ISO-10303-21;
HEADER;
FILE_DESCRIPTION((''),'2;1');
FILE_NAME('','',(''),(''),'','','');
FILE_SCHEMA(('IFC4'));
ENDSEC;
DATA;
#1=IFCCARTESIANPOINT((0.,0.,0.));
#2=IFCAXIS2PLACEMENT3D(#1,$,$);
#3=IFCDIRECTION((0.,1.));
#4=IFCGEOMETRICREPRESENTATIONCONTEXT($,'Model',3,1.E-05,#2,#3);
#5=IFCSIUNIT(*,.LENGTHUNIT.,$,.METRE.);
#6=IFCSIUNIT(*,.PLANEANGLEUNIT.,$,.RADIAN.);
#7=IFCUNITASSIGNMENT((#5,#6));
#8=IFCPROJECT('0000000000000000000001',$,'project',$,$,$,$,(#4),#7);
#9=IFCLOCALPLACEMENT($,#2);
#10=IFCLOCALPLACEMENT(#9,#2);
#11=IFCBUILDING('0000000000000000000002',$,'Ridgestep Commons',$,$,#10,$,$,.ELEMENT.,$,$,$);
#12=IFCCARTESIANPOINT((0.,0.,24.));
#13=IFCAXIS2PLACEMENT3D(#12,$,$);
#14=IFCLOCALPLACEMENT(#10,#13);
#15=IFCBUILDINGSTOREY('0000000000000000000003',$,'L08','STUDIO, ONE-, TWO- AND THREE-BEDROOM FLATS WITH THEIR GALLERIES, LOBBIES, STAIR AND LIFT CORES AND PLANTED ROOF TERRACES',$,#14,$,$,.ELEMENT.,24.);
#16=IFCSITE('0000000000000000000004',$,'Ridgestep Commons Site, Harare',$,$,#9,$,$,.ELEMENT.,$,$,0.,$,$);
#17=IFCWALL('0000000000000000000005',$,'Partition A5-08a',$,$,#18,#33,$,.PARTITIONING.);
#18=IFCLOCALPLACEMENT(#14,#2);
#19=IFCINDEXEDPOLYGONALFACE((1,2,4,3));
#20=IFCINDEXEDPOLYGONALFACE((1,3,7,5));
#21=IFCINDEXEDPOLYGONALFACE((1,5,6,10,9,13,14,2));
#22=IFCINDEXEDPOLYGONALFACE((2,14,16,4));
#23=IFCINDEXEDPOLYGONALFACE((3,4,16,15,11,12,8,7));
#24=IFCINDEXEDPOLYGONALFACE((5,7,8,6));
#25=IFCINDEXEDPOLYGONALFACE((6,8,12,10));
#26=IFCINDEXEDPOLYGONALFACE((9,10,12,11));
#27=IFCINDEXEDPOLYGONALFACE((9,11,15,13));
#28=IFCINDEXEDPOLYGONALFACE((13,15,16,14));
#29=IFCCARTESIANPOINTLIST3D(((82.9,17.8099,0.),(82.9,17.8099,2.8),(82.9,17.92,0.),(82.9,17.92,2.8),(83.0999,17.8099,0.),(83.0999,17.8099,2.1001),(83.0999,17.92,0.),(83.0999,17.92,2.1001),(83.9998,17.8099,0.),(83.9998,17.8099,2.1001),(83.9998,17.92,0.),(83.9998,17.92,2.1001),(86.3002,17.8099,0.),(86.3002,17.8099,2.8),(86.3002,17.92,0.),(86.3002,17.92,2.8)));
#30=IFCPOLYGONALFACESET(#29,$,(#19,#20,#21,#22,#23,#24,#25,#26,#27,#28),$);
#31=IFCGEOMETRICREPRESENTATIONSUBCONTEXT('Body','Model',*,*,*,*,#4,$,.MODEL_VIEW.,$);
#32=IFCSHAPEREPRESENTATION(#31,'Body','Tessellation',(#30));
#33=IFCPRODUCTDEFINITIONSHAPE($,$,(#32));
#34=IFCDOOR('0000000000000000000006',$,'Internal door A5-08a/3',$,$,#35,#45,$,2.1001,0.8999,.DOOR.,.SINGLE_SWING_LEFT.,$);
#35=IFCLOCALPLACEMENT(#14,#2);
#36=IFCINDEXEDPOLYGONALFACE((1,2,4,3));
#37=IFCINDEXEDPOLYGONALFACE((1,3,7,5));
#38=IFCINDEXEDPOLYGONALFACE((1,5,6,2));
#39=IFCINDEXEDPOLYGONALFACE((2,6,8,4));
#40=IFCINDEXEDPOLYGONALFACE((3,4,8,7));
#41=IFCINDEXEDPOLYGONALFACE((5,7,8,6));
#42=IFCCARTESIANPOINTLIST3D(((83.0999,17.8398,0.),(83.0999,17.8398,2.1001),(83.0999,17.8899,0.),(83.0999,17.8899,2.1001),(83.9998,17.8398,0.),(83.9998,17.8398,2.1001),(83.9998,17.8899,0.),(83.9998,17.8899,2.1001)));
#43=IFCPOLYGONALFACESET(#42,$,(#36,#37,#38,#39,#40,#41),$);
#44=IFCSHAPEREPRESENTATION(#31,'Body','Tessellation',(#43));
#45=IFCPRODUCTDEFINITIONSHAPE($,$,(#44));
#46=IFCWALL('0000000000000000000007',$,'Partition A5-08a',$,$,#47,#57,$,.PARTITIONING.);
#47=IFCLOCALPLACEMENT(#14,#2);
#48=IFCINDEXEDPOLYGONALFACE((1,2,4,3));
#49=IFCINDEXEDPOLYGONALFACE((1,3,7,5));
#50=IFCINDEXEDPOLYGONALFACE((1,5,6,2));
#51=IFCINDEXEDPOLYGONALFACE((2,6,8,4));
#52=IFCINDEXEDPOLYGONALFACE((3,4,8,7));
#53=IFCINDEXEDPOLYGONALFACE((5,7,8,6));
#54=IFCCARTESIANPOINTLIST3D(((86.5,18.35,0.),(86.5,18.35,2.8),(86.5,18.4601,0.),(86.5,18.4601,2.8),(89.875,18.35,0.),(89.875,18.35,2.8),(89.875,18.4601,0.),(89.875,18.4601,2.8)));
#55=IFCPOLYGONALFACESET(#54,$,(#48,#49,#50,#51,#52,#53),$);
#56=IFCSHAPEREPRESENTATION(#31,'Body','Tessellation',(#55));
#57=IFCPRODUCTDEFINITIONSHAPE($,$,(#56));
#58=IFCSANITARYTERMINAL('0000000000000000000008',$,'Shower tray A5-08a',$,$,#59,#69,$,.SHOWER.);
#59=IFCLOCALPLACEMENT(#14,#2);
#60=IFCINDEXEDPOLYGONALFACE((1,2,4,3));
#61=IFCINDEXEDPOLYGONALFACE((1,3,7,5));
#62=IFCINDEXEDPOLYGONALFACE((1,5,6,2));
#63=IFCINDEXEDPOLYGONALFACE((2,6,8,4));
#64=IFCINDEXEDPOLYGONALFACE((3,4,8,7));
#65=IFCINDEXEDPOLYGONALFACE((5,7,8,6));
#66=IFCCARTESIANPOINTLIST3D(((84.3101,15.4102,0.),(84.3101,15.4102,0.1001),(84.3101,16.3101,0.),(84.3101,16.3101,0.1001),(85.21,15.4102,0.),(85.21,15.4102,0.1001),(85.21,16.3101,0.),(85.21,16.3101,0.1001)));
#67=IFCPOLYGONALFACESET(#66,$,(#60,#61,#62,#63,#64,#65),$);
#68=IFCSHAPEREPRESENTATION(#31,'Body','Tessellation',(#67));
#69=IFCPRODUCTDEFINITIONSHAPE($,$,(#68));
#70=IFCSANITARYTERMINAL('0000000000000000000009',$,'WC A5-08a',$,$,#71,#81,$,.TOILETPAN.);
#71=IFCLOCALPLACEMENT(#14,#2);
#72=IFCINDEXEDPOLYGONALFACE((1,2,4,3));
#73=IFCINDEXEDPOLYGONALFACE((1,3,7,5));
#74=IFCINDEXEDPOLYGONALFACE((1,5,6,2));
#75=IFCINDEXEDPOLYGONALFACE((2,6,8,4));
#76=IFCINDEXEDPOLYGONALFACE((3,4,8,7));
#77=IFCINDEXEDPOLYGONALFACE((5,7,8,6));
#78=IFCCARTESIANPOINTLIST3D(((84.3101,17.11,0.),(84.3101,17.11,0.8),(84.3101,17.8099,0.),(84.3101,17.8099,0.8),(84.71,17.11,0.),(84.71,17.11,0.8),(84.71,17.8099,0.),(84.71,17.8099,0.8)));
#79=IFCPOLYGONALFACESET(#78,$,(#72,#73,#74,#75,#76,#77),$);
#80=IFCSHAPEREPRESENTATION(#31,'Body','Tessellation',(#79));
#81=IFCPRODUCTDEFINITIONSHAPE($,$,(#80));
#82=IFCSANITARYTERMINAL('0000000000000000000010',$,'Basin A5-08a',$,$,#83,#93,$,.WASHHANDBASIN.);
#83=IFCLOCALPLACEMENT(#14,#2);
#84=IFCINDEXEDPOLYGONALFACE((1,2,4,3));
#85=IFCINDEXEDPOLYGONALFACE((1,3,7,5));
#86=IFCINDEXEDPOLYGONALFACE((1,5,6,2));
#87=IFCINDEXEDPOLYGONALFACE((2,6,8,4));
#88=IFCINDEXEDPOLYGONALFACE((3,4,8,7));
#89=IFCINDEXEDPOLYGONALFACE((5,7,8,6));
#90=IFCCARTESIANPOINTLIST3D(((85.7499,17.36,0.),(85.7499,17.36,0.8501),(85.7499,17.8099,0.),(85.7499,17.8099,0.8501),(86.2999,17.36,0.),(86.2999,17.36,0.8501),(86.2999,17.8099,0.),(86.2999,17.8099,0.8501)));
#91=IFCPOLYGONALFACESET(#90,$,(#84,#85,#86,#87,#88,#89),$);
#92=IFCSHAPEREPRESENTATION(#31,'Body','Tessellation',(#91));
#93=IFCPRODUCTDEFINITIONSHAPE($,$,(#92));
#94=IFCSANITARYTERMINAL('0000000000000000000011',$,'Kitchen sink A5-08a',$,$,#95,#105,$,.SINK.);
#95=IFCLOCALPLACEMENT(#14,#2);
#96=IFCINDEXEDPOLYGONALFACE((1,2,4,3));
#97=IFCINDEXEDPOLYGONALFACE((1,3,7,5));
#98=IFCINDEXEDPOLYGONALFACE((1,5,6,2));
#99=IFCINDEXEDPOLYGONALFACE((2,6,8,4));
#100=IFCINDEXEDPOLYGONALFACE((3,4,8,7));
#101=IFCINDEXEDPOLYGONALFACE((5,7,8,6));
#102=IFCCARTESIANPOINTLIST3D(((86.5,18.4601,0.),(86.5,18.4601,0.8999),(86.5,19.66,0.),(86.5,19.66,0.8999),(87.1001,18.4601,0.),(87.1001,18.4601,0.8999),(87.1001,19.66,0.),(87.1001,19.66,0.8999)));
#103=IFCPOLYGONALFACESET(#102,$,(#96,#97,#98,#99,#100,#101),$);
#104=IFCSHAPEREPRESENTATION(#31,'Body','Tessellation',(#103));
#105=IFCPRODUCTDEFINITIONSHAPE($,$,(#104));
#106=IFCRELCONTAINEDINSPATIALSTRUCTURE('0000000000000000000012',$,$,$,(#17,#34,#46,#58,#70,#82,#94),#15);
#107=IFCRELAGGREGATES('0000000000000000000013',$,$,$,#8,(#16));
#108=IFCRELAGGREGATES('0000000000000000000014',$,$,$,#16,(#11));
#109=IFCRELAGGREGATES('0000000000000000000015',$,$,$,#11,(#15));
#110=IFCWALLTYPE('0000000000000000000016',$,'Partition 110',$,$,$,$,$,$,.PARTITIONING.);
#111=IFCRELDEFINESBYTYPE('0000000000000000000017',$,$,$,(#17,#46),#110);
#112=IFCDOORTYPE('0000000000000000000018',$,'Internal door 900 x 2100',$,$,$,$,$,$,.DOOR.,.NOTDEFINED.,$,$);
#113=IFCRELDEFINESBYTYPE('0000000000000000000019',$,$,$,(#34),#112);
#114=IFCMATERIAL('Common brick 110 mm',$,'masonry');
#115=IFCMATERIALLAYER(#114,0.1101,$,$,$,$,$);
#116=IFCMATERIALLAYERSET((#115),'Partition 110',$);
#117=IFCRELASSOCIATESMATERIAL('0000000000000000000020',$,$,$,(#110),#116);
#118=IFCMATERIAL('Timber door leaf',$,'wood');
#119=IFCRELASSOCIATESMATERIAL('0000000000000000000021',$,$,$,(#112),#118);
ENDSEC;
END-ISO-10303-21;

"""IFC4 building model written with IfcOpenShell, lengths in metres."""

from ifc_helpers import new_model, si_unit, direction, frame, frame_2d, origin, origin_2d, place, context, subcontext, project, spatial, rectangle, extrude, material, layer, layer_set, type_object, element, fill, save


model = new_model("IFC4")

# Units and contexts
model_context = context("Model", 3, precision=1e-05, world=origin(), true_north=direction((0.0, 1.0)))
body_context = subcontext(model_context, "Body", "Model", "MODEL_VIEW")
ifc_project = project(units=[si_unit("LENGTHUNIT", "METRE"), si_unit("PLANEANGLEUNIT", "RADIAN")], contexts=[model_context])

# Site, building, storey
site_placement = place(None, origin())
site = spatial("IfcSite", under=ifc_project, at=site_placement, Name="Ridgestep Commons Site, Harare", CompositionType="ELEMENT", RefElevation=0.0)
building_placement = place(site_placement, origin())
building = spatial("IfcBuilding", under=site, at=building_placement, Name="Ridgestep Commons", CompositionType="ELEMENT")
storey_placement = place(building_placement, frame((0.0, 0.0, 24.0)))
storey = spatial("IfcBuildingStorey", under=building, at=storey_placement, Name="L08", Description="STUDIO, ONE-, TWO- AND THREE-BEDROOM FLATS WITH THEIR GALLERIES, LOBBIES, STAIR AND LIFT CORES AND PLANTED ROOF TERRACES", CompositionType="ELEMENT", Elevation=24.0)

# Shared definitions
ifc_material_1 = material(Name="Common brick 110 mm", Category="masonry")
ifc_layer_1 = layer(ifc_material_1, 0.1101)
ifc_layer_set_1 = layer_set([ifc_layer_1], Name="Partition 110")
wall_type_1 = type_object("IfcWallType", Name="Partition 110", PredefinedType="PARTITIONING", material=ifc_layer_set_1)

# Wall, opening, door
wall_1_placement = place(storey_placement, frame((82.8999, 17.865, 0.0), z_axis=(0.0, 0.0, 1.0), x_axis=(1.0, 0.0, 0.0)))
wall_1 = element("IfcWall", 1, at=wall_1_placement, inside=storey, type_object=wall_type_1, Name="Partition A5-08a", PredefinedType="PARTITIONING", context=body_context, shape_type="SweptSolid", body=[
    extrude(rectangle(XDim=3.4001, YDim=0.1101, at=frame_2d((1.7002, 0.0))), origin(), (0.0, 0.0, 1.0), 2.8),
])
opening_1_placement = place(wall_1_placement, frame((0.2, 0.0, 0.0)))
opening_1 = element("IfcOpeningElement", 2, at=opening_1_placement, cuts=wall_1, PredefinedType="OPENING", context=body_context, shape_type="SweptSolid", body=[
    extrude(rectangle(XDim=0.8999, YDim=2.1001, at=frame_2d((0.45, 1.05))), frame((0.0, 0.0649, 0.0), z_axis=(0.0, -1.0, 0.0), x_axis=(1.0, 0.0, 0.0)), (0.0, 0.0, 1.0), 0.1301),
])
ifc_material_2 = material(Name="Timber door leaf", Category="wood")
door_type_1 = type_object("IfcDoorType", Name="Internal door 900 x 2100", OperationType="NOTDEFINED", PredefinedType="DOOR", material=ifc_material_2)
door_1_placement = place(opening_1_placement, origin())
door_1 = element("IfcDoor", 3, at=door_1_placement, inside=storey, type_object=door_type_1, Name="Internal door A5-08a/3", OperationType="SINGLE_SWING_LEFT", OverallHeight=2.1001, OverallWidth=0.8999, PredefinedType="DOOR", context=body_context, shape_type="SweptSolid", body=[
    extrude(rectangle(XDim=0.8999, YDim=2.1001, at=frame_2d((0.45, 1.05))), frame((0.0, 0.0249, 0.0), z_axis=(0.0, -1.0, 0.0), x_axis=(1.0, 0.0, 0.0)), (0.0, 0.0, 1.0), 0.05),
])
fill(opening_1, door_1)

# Wall
wall_2_placement = place(storey_placement, frame((86.5, 18.405, 0.0), z_axis=(0.0, 0.0, 1.0), x_axis=(1.0, 0.0, 0.0)))
element("IfcWall", 4, at=wall_2_placement, inside=storey, type_object=wall_type_1, Name="Partition A5-08a", PredefinedType="PARTITIONING", context=body_context, shape_type="SweptSolid", body=[
    extrude(rectangle(XDim=3.375, YDim=0.1101, at=frame_2d((1.6875, 0.0))), origin(), (0.0, 0.0, 1.0), 2.8),
])

# Sanitary terminals
sanitary_terminal_1_placement = place(storey_placement, frame((84.76, 15.8601, 0.0), z_axis=(0.0, 0.0, 1.0), x_axis=(1.0, 0.0, 0.0)))
element("IfcSanitaryTerminal", 5, at=sanitary_terminal_1_placement, inside=storey, Name="Shower tray A5-08a", PredefinedType="SHOWER", context=body_context, shape_type="SweptSolid", body=[
    extrude(rectangle(XDim=0.8999, YDim=0.8999, at=origin_2d()), origin(), (0.0, 0.0, 1.0), 0.1001),
])
sanitary_terminal_2_placement = place(storey_placement, frame((84.51, 17.46, 0.0), z_axis=(0.0, 0.0, 1.0), x_axis=(1.0, 0.0, 0.0)))
element("IfcSanitaryTerminal", 6, at=sanitary_terminal_2_placement, inside=storey, Name="WC A5-08a", PredefinedType="TOILETPAN", context=body_context, shape_type="SweptSolid", body=[
    extrude(rectangle(XDim=0.3999, YDim=0.7, at=origin_2d()), origin(), (0.0, 0.0, 1.0), 0.8),
])
sanitary_terminal_3_placement = place(storey_placement, frame((86.0249, 17.585, 0.0), z_axis=(0.0, 0.0, 1.0), x_axis=(1.0, 0.0, 0.0)))
element("IfcSanitaryTerminal", 7, at=sanitary_terminal_3_placement, inside=storey, Name="Basin A5-08a", PredefinedType="WASHHANDBASIN", context=body_context, shape_type="SweptSolid", body=[
    extrude(rectangle(XDim=0.55, YDim=0.45, at=origin_2d()), origin(), (0.0, 0.0, 1.0), 0.8501),
])
sanitary_terminal_4_placement = place(storey_placement, frame((86.8, 19.0601, 0.0), z_axis=(0.0, 0.0, 1.0), x_axis=(1.0, 0.0, 0.0)))
element("IfcSanitaryTerminal", 8, at=sanitary_terminal_4_placement, inside=storey, Name="Kitchen sink A5-08a", PredefinedType="SINK", context=body_context, shape_type="SweptSolid", body=[
    extrude(rectangle(XDim=0.6001, YDim=1.2, at=origin_2d()), origin(), (0.0, 0.0, 1.0), 0.8999),
])

save(model, "model.ifc")
